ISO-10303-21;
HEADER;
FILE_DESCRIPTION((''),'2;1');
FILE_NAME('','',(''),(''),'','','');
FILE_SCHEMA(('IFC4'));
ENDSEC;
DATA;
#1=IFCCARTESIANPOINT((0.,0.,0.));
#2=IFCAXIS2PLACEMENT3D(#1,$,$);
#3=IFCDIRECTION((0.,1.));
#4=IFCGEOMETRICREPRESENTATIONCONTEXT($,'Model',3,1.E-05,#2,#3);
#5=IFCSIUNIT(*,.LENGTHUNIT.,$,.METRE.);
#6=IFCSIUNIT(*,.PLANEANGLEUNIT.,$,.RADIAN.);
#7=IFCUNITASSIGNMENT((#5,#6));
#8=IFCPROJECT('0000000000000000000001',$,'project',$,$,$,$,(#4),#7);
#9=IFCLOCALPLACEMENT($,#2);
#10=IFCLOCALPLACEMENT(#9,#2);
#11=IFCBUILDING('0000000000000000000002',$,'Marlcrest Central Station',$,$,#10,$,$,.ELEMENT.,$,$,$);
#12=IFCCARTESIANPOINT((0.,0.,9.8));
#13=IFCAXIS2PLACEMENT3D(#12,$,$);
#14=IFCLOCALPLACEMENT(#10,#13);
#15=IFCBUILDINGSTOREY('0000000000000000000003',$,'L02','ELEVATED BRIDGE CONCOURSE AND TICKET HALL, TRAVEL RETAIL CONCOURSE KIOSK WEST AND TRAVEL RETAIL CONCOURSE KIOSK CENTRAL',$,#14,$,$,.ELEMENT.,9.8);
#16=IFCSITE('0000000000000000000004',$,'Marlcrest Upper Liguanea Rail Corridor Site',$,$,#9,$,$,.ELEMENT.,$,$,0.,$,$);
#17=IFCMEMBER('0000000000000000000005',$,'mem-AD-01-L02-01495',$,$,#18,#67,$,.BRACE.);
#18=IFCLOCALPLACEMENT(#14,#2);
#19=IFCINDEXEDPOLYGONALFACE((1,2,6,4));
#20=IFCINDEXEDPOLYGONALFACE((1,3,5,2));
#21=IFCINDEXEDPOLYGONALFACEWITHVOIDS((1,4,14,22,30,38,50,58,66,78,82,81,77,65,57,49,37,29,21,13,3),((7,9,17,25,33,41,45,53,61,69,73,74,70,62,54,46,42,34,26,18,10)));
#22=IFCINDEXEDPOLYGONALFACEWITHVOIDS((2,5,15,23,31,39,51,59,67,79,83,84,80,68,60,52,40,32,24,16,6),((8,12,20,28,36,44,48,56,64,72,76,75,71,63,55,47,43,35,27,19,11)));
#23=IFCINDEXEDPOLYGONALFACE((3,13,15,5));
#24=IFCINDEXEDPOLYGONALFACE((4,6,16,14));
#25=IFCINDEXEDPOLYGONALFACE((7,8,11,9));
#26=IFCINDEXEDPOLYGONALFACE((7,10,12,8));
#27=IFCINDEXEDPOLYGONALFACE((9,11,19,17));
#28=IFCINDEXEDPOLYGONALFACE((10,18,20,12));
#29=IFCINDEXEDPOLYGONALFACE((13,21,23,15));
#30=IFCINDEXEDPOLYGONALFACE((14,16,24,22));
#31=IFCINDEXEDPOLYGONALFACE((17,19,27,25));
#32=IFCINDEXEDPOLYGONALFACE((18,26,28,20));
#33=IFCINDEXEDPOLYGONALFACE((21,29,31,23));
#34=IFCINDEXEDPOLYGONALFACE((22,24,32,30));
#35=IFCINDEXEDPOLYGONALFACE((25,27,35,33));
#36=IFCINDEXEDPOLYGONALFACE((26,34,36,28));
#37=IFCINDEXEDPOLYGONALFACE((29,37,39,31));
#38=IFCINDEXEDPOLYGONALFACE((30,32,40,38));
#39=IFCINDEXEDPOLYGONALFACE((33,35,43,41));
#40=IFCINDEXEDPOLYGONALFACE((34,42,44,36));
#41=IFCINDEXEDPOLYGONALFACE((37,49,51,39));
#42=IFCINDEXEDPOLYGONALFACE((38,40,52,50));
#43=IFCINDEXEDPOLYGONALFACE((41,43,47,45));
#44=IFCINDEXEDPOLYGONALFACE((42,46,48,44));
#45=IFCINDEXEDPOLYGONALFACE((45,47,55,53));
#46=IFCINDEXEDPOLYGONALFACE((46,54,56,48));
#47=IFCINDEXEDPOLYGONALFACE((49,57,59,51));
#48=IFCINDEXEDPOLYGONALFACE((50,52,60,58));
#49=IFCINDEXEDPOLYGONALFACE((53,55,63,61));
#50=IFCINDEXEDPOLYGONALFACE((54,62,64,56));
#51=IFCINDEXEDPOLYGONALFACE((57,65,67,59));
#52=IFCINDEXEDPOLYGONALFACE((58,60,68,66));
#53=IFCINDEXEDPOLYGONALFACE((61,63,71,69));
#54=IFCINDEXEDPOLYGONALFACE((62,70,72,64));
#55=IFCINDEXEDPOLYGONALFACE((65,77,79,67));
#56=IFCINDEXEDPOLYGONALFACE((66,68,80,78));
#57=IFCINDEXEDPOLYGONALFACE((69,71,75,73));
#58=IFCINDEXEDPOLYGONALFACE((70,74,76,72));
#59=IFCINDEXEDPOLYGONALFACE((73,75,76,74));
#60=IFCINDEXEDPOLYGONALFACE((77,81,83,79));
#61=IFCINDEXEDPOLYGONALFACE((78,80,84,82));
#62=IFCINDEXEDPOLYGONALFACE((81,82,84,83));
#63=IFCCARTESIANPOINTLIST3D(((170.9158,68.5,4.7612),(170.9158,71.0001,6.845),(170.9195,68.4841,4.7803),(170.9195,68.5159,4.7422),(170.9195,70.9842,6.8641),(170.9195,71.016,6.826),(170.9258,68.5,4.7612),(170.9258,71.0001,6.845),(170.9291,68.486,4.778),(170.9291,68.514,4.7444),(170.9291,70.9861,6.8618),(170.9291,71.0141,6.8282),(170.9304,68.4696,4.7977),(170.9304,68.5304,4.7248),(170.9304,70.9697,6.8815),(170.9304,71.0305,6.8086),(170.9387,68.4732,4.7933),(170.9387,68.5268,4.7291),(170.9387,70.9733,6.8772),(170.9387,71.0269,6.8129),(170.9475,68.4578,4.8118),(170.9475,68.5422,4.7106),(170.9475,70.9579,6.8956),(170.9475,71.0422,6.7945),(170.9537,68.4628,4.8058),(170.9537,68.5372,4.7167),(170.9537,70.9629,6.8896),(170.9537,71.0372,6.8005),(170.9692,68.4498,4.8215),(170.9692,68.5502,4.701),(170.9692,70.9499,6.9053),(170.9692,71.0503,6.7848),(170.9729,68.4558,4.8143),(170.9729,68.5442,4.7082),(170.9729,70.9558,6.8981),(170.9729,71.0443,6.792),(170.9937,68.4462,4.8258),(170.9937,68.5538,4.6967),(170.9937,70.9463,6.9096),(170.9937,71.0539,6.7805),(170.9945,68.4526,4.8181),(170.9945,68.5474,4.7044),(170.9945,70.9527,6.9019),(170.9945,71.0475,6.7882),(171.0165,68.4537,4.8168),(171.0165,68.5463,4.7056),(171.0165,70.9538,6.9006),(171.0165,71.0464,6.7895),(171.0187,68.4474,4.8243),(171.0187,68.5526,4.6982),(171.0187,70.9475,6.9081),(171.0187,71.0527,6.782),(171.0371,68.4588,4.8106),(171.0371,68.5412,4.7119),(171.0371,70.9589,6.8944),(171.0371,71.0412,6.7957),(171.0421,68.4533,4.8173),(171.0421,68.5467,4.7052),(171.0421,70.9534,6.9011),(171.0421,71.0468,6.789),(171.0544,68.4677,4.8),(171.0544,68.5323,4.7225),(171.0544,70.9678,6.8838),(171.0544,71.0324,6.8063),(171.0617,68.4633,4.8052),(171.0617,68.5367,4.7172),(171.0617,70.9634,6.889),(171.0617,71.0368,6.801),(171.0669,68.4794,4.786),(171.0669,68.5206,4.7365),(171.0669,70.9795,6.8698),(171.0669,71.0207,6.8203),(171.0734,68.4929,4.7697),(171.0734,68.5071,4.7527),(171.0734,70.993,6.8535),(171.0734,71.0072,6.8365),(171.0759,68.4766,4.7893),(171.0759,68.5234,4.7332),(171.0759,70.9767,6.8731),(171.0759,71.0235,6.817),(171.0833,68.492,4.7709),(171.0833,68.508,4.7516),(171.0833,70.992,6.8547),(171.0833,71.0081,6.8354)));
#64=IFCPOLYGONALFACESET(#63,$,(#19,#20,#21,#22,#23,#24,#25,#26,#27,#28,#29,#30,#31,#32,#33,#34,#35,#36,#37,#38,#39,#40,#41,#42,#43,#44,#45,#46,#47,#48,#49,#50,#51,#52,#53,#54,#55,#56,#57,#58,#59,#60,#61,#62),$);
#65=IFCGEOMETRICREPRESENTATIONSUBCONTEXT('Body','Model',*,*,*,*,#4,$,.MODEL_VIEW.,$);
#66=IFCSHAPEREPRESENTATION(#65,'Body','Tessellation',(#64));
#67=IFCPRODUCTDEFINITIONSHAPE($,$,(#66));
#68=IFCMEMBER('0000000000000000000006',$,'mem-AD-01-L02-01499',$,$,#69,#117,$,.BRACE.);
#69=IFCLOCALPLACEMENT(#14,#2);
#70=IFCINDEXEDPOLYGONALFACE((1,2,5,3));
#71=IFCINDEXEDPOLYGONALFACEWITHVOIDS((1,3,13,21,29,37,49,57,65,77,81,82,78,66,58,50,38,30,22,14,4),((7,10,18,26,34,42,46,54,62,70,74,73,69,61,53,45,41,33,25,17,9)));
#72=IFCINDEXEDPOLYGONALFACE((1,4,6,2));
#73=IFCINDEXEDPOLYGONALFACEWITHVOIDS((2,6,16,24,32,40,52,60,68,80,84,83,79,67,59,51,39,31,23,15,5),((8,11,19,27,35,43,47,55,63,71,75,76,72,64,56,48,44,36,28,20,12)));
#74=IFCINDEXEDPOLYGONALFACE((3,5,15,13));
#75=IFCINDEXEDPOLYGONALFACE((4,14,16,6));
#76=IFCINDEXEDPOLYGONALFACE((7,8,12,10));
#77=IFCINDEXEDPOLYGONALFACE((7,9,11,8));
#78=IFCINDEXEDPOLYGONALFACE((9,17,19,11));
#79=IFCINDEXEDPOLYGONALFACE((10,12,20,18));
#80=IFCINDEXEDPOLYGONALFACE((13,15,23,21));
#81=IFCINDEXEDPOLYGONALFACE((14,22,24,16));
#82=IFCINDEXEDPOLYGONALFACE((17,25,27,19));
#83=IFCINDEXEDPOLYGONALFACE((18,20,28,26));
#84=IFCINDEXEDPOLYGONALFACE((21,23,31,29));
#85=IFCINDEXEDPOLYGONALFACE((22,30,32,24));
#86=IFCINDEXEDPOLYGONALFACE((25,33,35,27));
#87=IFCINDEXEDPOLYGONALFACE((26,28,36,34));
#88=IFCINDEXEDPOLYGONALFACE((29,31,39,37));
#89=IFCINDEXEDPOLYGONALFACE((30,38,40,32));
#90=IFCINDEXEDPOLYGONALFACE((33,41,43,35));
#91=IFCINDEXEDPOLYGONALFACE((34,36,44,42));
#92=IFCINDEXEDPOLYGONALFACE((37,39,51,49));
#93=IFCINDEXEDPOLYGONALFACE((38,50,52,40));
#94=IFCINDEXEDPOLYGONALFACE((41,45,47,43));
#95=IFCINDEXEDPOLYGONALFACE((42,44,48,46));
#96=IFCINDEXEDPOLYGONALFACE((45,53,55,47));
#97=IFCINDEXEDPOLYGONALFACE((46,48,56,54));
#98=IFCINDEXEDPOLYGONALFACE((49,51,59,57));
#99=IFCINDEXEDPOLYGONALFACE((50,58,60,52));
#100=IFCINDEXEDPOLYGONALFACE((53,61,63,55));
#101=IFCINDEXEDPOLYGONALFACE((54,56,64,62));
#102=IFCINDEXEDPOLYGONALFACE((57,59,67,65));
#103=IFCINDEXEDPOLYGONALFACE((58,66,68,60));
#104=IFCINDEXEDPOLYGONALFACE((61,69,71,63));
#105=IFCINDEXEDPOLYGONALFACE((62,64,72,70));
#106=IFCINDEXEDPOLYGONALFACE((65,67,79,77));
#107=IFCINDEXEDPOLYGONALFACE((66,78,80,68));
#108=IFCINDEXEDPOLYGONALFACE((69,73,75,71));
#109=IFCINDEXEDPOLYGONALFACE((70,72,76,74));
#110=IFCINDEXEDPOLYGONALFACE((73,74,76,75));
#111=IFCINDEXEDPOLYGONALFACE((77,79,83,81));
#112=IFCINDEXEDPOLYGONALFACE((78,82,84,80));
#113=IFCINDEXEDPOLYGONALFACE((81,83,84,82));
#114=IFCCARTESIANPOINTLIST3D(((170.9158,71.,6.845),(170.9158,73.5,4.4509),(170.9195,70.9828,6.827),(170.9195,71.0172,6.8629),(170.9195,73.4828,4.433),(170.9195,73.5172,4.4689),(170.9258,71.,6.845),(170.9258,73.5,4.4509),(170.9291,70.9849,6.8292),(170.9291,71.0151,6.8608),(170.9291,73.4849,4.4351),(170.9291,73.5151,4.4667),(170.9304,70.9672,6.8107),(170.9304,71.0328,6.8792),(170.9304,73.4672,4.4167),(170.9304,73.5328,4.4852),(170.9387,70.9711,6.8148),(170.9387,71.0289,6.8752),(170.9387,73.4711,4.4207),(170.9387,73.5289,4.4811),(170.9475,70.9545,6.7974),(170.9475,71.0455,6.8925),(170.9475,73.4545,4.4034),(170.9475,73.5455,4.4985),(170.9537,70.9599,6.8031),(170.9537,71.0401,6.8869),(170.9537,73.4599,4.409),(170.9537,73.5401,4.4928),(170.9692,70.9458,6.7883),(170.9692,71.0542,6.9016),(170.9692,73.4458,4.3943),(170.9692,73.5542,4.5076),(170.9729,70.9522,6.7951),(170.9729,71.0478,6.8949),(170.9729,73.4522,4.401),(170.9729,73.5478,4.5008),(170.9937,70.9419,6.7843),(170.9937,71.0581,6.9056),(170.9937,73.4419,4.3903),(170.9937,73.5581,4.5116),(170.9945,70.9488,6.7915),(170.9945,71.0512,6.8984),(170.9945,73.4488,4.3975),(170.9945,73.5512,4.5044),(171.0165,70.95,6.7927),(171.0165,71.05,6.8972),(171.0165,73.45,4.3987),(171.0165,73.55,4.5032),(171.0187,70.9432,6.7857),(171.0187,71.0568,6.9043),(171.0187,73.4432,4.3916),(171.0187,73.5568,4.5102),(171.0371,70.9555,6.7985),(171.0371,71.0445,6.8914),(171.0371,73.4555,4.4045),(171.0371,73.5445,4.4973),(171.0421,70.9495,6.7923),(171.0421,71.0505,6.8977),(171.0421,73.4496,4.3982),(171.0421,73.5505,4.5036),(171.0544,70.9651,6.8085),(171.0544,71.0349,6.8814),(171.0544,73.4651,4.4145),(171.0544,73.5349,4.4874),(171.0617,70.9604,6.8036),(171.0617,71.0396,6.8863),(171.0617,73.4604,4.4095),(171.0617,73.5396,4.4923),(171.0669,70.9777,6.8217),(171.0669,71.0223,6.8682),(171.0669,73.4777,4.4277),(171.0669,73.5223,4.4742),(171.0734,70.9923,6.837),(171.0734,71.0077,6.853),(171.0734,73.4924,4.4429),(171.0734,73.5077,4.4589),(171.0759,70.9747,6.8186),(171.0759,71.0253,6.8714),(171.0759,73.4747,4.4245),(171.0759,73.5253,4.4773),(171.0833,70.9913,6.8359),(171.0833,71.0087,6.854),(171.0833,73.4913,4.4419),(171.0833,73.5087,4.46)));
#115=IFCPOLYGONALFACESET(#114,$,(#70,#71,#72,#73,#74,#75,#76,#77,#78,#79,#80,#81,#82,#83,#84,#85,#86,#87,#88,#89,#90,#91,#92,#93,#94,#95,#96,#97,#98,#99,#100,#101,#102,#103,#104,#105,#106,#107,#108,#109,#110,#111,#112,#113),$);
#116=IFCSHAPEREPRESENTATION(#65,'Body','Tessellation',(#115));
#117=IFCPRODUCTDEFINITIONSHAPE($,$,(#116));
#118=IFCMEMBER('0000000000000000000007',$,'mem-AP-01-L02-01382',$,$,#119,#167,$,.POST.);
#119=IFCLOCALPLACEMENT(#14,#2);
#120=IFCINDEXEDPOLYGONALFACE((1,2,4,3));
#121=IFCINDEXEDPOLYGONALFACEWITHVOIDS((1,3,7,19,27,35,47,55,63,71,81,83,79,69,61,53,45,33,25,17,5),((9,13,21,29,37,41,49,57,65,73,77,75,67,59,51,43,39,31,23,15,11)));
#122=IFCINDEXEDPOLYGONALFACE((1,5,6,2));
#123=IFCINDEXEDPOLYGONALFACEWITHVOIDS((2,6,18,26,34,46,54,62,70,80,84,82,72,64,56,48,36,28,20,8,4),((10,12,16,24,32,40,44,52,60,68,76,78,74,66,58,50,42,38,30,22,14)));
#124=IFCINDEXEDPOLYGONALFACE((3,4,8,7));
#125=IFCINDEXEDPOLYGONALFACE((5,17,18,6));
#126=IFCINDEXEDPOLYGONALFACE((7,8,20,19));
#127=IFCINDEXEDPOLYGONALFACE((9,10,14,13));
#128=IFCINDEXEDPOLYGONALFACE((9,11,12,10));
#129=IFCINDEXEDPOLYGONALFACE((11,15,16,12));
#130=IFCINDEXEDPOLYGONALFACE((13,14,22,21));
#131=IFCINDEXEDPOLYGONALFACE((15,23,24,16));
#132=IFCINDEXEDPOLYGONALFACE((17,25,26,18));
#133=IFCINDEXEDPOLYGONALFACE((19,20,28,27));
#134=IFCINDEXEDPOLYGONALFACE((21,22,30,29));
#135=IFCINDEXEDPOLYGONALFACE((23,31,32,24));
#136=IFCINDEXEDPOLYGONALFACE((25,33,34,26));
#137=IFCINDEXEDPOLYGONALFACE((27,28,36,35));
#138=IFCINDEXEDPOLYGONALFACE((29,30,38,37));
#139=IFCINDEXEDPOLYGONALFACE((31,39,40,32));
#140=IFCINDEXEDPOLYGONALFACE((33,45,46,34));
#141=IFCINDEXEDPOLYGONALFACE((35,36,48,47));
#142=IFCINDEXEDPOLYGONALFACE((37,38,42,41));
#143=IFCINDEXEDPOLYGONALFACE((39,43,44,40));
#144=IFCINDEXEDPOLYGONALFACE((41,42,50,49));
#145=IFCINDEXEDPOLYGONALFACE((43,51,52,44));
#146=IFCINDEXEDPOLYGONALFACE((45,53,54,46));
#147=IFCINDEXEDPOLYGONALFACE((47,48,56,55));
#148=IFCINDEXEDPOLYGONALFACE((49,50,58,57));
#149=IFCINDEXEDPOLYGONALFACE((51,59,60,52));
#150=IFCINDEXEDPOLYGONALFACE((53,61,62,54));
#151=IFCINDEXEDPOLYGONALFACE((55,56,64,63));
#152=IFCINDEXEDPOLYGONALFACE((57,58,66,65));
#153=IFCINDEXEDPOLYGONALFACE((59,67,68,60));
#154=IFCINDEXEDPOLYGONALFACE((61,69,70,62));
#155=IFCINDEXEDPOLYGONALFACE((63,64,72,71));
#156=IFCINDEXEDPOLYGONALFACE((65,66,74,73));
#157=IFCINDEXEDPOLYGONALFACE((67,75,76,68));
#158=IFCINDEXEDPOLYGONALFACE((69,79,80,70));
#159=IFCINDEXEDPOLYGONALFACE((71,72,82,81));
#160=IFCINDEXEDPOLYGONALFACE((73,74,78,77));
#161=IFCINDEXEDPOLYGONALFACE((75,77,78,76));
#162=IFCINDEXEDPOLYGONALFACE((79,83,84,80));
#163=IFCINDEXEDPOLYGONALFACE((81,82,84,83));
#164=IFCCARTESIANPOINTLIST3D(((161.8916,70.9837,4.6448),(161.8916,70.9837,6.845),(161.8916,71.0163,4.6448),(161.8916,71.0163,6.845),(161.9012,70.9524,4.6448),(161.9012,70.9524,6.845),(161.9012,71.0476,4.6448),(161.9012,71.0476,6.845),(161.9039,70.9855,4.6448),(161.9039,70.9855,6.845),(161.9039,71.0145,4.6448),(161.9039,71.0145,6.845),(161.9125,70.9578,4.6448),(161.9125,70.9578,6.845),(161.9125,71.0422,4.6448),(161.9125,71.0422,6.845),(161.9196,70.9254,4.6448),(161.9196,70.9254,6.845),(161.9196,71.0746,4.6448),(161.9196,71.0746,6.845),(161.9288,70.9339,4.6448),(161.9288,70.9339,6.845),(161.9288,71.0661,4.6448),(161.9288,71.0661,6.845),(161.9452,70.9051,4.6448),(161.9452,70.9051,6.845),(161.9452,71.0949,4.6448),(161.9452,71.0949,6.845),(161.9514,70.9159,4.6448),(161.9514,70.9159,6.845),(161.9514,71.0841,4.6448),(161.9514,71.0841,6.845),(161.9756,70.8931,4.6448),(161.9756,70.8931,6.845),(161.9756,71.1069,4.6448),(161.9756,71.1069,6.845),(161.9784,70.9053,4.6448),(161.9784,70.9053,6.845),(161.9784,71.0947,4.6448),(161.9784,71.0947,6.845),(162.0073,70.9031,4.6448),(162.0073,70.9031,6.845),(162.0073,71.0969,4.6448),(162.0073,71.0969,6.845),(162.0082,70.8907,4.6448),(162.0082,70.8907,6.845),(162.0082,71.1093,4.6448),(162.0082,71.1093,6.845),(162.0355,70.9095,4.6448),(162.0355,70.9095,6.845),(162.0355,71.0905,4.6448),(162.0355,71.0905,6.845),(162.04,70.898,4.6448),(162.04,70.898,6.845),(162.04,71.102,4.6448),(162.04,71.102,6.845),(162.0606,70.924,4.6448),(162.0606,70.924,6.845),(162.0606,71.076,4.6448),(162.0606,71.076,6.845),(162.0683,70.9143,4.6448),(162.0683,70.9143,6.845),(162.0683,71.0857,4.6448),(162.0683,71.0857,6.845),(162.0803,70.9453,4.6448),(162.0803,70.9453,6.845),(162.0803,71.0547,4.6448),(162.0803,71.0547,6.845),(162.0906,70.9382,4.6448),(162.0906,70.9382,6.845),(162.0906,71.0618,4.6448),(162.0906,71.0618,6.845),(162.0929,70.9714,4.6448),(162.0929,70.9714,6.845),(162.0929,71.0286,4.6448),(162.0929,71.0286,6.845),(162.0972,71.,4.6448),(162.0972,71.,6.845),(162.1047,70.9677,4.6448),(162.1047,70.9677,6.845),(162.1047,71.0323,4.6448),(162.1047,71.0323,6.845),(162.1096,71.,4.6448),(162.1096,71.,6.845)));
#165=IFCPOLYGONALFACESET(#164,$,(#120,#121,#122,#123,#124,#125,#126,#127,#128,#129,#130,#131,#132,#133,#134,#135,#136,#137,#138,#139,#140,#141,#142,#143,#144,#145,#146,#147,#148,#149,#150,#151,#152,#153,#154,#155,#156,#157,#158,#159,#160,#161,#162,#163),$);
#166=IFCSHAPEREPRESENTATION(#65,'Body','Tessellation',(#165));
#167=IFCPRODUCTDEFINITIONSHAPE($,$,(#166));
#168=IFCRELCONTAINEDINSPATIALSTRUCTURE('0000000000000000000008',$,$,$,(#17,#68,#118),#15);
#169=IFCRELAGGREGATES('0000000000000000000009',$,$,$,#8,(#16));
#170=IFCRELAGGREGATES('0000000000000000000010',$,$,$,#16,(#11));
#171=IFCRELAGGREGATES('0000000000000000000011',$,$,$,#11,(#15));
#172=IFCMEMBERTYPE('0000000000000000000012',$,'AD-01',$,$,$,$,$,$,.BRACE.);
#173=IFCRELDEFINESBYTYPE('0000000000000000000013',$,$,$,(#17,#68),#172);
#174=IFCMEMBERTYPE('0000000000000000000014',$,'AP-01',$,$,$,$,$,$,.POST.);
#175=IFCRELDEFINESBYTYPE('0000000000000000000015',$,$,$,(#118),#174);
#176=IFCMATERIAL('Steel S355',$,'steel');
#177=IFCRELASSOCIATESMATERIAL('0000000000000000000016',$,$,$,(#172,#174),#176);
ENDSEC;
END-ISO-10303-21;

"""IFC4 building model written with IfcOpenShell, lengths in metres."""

from ifc_helpers import new_model, si_unit, direction, frame, origin, origin_2d, place, context, subcontext, project, spatial, hollow_circle, extrude, material, material_profile, profile_set, type_object, element, save


model = new_model("IFC4")

# Units and contexts
model_context = context("Model", 3, precision=1e-05, world=origin(), true_north=direction((0.0, 1.0)))
body_context = subcontext(model_context, "Body", "Model", "MODEL_VIEW")
ifc_project = project(units=[si_unit("LENGTHUNIT", "METRE"), si_unit("PLANEANGLEUNIT", "RADIAN")], contexts=[model_context])

# Site, building, storey
site_placement = place(None, origin())
site = spatial("IfcSite", under=ifc_project, at=site_placement, Name="Marlcrest Upper Liguanea Rail Corridor Site", CompositionType="ELEMENT", RefElevation=0.0)
building_placement = place(site_placement, origin())
building = spatial("IfcBuilding", under=site, at=building_placement, Name="Marlcrest Central Station", CompositionType="ELEMENT")
storey_placement = place(building_placement, frame((0.0, 0.0, 9.8)))
storey = spatial("IfcBuildingStorey", under=building, at=storey_placement, Name="L02", Description="ELEVATED BRIDGE CONCOURSE AND TICKET HALL, TRAVEL RETAIL CONCOURSE KIOSK WEST AND TRAVEL RETAIL CONCOURSE KIOSK CENTRAL", CompositionType="ELEMENT", Elevation=9.8)

# Members
ifc_material = material(Name="Steel S355", Category="steel")
ifc_material_profile_1 = material_profile(ifc_material, hollow_circle(Radius=0.0842, WallThickness=0.01, at=origin_2d()), Name="CHS 168.3x10")
ifc_profile_set_1 = profile_set([ifc_material_profile_1], Name="Steel S355")
member_type_1 = type_object("IfcMemberType", Name="AD-01", PredefinedType="BRACE", material=ifc_profile_set_1)
member_1_placement = place(storey_placement, frame((171.0, 68.5, 4.7612), z_axis=(0.0, 0.76816, 0.640258), x_axis=(-1.0, 0.0, 0.0)))
element("IfcMember", 1, at=member_1_placement, inside=storey, type_object=member_type_1, Name="mem-AD-01-L02-01495", PredefinedType="BRACE", context=body_context, shape_type="SweptSolid", body=[
    extrude(hollow_circle(Radius=0.0842, WallThickness=0.01, at=origin_2d()), origin(), (0.0, 0.0, 1.0), 3.2546),
])
member_2_placement = place(storey_placement, frame((171.0, 71.0, 6.845), z_axis=(0.0, 0.722247, -0.691636), x_axis=(-1.0, 0.0, 0.0)))
element("IfcMember", 2, at=member_2_placement, inside=storey, type_object=member_type_1, Name="mem-AD-01-L02-01499", PredefinedType="BRACE", context=body_context, shape_type="SweptSolid", body=[
    extrude(hollow_circle(Radius=0.0842, WallThickness=0.01, at=origin_2d()), origin(), (0.0, 0.0, 1.0), 3.4614),
])
ifc_material_profile_2 = material_profile(ifc_material, hollow_circle(Radius=0.1096, WallThickness=0.0125, at=origin_2d()), Name="CHS 219.1x12.5")
ifc_profile_set_2 = profile_set([ifc_material_profile_2], Name="Steel S355")
member_type_2 = type_object("IfcMemberType", Name="AP-01", PredefinedType="POST", material=ifc_profile_set_2)
for number, where, z_axis, x_axis, name in (
    (3, (162.0, 71.0, 4.6448), (0.0, 0.0, 1.0), (1.0, 0.0, 0.0), "mem-AP-01-L02-01382"),
):
    element("IfcMember", number, at=place(storey_placement, frame(where, z_axis=z_axis, x_axis=x_axis)), inside=storey, type_object=member_type_2, Name=name, PredefinedType="POST", context=body_context, shape_type="SweptSolid", body=[
        extrude(hollow_circle(Radius=0.1096, WallThickness=0.0125, at=origin_2d()), origin(), (0.0, 0.0, 1.0), 2.2002),
    ])

save(model, "model.ifc")
